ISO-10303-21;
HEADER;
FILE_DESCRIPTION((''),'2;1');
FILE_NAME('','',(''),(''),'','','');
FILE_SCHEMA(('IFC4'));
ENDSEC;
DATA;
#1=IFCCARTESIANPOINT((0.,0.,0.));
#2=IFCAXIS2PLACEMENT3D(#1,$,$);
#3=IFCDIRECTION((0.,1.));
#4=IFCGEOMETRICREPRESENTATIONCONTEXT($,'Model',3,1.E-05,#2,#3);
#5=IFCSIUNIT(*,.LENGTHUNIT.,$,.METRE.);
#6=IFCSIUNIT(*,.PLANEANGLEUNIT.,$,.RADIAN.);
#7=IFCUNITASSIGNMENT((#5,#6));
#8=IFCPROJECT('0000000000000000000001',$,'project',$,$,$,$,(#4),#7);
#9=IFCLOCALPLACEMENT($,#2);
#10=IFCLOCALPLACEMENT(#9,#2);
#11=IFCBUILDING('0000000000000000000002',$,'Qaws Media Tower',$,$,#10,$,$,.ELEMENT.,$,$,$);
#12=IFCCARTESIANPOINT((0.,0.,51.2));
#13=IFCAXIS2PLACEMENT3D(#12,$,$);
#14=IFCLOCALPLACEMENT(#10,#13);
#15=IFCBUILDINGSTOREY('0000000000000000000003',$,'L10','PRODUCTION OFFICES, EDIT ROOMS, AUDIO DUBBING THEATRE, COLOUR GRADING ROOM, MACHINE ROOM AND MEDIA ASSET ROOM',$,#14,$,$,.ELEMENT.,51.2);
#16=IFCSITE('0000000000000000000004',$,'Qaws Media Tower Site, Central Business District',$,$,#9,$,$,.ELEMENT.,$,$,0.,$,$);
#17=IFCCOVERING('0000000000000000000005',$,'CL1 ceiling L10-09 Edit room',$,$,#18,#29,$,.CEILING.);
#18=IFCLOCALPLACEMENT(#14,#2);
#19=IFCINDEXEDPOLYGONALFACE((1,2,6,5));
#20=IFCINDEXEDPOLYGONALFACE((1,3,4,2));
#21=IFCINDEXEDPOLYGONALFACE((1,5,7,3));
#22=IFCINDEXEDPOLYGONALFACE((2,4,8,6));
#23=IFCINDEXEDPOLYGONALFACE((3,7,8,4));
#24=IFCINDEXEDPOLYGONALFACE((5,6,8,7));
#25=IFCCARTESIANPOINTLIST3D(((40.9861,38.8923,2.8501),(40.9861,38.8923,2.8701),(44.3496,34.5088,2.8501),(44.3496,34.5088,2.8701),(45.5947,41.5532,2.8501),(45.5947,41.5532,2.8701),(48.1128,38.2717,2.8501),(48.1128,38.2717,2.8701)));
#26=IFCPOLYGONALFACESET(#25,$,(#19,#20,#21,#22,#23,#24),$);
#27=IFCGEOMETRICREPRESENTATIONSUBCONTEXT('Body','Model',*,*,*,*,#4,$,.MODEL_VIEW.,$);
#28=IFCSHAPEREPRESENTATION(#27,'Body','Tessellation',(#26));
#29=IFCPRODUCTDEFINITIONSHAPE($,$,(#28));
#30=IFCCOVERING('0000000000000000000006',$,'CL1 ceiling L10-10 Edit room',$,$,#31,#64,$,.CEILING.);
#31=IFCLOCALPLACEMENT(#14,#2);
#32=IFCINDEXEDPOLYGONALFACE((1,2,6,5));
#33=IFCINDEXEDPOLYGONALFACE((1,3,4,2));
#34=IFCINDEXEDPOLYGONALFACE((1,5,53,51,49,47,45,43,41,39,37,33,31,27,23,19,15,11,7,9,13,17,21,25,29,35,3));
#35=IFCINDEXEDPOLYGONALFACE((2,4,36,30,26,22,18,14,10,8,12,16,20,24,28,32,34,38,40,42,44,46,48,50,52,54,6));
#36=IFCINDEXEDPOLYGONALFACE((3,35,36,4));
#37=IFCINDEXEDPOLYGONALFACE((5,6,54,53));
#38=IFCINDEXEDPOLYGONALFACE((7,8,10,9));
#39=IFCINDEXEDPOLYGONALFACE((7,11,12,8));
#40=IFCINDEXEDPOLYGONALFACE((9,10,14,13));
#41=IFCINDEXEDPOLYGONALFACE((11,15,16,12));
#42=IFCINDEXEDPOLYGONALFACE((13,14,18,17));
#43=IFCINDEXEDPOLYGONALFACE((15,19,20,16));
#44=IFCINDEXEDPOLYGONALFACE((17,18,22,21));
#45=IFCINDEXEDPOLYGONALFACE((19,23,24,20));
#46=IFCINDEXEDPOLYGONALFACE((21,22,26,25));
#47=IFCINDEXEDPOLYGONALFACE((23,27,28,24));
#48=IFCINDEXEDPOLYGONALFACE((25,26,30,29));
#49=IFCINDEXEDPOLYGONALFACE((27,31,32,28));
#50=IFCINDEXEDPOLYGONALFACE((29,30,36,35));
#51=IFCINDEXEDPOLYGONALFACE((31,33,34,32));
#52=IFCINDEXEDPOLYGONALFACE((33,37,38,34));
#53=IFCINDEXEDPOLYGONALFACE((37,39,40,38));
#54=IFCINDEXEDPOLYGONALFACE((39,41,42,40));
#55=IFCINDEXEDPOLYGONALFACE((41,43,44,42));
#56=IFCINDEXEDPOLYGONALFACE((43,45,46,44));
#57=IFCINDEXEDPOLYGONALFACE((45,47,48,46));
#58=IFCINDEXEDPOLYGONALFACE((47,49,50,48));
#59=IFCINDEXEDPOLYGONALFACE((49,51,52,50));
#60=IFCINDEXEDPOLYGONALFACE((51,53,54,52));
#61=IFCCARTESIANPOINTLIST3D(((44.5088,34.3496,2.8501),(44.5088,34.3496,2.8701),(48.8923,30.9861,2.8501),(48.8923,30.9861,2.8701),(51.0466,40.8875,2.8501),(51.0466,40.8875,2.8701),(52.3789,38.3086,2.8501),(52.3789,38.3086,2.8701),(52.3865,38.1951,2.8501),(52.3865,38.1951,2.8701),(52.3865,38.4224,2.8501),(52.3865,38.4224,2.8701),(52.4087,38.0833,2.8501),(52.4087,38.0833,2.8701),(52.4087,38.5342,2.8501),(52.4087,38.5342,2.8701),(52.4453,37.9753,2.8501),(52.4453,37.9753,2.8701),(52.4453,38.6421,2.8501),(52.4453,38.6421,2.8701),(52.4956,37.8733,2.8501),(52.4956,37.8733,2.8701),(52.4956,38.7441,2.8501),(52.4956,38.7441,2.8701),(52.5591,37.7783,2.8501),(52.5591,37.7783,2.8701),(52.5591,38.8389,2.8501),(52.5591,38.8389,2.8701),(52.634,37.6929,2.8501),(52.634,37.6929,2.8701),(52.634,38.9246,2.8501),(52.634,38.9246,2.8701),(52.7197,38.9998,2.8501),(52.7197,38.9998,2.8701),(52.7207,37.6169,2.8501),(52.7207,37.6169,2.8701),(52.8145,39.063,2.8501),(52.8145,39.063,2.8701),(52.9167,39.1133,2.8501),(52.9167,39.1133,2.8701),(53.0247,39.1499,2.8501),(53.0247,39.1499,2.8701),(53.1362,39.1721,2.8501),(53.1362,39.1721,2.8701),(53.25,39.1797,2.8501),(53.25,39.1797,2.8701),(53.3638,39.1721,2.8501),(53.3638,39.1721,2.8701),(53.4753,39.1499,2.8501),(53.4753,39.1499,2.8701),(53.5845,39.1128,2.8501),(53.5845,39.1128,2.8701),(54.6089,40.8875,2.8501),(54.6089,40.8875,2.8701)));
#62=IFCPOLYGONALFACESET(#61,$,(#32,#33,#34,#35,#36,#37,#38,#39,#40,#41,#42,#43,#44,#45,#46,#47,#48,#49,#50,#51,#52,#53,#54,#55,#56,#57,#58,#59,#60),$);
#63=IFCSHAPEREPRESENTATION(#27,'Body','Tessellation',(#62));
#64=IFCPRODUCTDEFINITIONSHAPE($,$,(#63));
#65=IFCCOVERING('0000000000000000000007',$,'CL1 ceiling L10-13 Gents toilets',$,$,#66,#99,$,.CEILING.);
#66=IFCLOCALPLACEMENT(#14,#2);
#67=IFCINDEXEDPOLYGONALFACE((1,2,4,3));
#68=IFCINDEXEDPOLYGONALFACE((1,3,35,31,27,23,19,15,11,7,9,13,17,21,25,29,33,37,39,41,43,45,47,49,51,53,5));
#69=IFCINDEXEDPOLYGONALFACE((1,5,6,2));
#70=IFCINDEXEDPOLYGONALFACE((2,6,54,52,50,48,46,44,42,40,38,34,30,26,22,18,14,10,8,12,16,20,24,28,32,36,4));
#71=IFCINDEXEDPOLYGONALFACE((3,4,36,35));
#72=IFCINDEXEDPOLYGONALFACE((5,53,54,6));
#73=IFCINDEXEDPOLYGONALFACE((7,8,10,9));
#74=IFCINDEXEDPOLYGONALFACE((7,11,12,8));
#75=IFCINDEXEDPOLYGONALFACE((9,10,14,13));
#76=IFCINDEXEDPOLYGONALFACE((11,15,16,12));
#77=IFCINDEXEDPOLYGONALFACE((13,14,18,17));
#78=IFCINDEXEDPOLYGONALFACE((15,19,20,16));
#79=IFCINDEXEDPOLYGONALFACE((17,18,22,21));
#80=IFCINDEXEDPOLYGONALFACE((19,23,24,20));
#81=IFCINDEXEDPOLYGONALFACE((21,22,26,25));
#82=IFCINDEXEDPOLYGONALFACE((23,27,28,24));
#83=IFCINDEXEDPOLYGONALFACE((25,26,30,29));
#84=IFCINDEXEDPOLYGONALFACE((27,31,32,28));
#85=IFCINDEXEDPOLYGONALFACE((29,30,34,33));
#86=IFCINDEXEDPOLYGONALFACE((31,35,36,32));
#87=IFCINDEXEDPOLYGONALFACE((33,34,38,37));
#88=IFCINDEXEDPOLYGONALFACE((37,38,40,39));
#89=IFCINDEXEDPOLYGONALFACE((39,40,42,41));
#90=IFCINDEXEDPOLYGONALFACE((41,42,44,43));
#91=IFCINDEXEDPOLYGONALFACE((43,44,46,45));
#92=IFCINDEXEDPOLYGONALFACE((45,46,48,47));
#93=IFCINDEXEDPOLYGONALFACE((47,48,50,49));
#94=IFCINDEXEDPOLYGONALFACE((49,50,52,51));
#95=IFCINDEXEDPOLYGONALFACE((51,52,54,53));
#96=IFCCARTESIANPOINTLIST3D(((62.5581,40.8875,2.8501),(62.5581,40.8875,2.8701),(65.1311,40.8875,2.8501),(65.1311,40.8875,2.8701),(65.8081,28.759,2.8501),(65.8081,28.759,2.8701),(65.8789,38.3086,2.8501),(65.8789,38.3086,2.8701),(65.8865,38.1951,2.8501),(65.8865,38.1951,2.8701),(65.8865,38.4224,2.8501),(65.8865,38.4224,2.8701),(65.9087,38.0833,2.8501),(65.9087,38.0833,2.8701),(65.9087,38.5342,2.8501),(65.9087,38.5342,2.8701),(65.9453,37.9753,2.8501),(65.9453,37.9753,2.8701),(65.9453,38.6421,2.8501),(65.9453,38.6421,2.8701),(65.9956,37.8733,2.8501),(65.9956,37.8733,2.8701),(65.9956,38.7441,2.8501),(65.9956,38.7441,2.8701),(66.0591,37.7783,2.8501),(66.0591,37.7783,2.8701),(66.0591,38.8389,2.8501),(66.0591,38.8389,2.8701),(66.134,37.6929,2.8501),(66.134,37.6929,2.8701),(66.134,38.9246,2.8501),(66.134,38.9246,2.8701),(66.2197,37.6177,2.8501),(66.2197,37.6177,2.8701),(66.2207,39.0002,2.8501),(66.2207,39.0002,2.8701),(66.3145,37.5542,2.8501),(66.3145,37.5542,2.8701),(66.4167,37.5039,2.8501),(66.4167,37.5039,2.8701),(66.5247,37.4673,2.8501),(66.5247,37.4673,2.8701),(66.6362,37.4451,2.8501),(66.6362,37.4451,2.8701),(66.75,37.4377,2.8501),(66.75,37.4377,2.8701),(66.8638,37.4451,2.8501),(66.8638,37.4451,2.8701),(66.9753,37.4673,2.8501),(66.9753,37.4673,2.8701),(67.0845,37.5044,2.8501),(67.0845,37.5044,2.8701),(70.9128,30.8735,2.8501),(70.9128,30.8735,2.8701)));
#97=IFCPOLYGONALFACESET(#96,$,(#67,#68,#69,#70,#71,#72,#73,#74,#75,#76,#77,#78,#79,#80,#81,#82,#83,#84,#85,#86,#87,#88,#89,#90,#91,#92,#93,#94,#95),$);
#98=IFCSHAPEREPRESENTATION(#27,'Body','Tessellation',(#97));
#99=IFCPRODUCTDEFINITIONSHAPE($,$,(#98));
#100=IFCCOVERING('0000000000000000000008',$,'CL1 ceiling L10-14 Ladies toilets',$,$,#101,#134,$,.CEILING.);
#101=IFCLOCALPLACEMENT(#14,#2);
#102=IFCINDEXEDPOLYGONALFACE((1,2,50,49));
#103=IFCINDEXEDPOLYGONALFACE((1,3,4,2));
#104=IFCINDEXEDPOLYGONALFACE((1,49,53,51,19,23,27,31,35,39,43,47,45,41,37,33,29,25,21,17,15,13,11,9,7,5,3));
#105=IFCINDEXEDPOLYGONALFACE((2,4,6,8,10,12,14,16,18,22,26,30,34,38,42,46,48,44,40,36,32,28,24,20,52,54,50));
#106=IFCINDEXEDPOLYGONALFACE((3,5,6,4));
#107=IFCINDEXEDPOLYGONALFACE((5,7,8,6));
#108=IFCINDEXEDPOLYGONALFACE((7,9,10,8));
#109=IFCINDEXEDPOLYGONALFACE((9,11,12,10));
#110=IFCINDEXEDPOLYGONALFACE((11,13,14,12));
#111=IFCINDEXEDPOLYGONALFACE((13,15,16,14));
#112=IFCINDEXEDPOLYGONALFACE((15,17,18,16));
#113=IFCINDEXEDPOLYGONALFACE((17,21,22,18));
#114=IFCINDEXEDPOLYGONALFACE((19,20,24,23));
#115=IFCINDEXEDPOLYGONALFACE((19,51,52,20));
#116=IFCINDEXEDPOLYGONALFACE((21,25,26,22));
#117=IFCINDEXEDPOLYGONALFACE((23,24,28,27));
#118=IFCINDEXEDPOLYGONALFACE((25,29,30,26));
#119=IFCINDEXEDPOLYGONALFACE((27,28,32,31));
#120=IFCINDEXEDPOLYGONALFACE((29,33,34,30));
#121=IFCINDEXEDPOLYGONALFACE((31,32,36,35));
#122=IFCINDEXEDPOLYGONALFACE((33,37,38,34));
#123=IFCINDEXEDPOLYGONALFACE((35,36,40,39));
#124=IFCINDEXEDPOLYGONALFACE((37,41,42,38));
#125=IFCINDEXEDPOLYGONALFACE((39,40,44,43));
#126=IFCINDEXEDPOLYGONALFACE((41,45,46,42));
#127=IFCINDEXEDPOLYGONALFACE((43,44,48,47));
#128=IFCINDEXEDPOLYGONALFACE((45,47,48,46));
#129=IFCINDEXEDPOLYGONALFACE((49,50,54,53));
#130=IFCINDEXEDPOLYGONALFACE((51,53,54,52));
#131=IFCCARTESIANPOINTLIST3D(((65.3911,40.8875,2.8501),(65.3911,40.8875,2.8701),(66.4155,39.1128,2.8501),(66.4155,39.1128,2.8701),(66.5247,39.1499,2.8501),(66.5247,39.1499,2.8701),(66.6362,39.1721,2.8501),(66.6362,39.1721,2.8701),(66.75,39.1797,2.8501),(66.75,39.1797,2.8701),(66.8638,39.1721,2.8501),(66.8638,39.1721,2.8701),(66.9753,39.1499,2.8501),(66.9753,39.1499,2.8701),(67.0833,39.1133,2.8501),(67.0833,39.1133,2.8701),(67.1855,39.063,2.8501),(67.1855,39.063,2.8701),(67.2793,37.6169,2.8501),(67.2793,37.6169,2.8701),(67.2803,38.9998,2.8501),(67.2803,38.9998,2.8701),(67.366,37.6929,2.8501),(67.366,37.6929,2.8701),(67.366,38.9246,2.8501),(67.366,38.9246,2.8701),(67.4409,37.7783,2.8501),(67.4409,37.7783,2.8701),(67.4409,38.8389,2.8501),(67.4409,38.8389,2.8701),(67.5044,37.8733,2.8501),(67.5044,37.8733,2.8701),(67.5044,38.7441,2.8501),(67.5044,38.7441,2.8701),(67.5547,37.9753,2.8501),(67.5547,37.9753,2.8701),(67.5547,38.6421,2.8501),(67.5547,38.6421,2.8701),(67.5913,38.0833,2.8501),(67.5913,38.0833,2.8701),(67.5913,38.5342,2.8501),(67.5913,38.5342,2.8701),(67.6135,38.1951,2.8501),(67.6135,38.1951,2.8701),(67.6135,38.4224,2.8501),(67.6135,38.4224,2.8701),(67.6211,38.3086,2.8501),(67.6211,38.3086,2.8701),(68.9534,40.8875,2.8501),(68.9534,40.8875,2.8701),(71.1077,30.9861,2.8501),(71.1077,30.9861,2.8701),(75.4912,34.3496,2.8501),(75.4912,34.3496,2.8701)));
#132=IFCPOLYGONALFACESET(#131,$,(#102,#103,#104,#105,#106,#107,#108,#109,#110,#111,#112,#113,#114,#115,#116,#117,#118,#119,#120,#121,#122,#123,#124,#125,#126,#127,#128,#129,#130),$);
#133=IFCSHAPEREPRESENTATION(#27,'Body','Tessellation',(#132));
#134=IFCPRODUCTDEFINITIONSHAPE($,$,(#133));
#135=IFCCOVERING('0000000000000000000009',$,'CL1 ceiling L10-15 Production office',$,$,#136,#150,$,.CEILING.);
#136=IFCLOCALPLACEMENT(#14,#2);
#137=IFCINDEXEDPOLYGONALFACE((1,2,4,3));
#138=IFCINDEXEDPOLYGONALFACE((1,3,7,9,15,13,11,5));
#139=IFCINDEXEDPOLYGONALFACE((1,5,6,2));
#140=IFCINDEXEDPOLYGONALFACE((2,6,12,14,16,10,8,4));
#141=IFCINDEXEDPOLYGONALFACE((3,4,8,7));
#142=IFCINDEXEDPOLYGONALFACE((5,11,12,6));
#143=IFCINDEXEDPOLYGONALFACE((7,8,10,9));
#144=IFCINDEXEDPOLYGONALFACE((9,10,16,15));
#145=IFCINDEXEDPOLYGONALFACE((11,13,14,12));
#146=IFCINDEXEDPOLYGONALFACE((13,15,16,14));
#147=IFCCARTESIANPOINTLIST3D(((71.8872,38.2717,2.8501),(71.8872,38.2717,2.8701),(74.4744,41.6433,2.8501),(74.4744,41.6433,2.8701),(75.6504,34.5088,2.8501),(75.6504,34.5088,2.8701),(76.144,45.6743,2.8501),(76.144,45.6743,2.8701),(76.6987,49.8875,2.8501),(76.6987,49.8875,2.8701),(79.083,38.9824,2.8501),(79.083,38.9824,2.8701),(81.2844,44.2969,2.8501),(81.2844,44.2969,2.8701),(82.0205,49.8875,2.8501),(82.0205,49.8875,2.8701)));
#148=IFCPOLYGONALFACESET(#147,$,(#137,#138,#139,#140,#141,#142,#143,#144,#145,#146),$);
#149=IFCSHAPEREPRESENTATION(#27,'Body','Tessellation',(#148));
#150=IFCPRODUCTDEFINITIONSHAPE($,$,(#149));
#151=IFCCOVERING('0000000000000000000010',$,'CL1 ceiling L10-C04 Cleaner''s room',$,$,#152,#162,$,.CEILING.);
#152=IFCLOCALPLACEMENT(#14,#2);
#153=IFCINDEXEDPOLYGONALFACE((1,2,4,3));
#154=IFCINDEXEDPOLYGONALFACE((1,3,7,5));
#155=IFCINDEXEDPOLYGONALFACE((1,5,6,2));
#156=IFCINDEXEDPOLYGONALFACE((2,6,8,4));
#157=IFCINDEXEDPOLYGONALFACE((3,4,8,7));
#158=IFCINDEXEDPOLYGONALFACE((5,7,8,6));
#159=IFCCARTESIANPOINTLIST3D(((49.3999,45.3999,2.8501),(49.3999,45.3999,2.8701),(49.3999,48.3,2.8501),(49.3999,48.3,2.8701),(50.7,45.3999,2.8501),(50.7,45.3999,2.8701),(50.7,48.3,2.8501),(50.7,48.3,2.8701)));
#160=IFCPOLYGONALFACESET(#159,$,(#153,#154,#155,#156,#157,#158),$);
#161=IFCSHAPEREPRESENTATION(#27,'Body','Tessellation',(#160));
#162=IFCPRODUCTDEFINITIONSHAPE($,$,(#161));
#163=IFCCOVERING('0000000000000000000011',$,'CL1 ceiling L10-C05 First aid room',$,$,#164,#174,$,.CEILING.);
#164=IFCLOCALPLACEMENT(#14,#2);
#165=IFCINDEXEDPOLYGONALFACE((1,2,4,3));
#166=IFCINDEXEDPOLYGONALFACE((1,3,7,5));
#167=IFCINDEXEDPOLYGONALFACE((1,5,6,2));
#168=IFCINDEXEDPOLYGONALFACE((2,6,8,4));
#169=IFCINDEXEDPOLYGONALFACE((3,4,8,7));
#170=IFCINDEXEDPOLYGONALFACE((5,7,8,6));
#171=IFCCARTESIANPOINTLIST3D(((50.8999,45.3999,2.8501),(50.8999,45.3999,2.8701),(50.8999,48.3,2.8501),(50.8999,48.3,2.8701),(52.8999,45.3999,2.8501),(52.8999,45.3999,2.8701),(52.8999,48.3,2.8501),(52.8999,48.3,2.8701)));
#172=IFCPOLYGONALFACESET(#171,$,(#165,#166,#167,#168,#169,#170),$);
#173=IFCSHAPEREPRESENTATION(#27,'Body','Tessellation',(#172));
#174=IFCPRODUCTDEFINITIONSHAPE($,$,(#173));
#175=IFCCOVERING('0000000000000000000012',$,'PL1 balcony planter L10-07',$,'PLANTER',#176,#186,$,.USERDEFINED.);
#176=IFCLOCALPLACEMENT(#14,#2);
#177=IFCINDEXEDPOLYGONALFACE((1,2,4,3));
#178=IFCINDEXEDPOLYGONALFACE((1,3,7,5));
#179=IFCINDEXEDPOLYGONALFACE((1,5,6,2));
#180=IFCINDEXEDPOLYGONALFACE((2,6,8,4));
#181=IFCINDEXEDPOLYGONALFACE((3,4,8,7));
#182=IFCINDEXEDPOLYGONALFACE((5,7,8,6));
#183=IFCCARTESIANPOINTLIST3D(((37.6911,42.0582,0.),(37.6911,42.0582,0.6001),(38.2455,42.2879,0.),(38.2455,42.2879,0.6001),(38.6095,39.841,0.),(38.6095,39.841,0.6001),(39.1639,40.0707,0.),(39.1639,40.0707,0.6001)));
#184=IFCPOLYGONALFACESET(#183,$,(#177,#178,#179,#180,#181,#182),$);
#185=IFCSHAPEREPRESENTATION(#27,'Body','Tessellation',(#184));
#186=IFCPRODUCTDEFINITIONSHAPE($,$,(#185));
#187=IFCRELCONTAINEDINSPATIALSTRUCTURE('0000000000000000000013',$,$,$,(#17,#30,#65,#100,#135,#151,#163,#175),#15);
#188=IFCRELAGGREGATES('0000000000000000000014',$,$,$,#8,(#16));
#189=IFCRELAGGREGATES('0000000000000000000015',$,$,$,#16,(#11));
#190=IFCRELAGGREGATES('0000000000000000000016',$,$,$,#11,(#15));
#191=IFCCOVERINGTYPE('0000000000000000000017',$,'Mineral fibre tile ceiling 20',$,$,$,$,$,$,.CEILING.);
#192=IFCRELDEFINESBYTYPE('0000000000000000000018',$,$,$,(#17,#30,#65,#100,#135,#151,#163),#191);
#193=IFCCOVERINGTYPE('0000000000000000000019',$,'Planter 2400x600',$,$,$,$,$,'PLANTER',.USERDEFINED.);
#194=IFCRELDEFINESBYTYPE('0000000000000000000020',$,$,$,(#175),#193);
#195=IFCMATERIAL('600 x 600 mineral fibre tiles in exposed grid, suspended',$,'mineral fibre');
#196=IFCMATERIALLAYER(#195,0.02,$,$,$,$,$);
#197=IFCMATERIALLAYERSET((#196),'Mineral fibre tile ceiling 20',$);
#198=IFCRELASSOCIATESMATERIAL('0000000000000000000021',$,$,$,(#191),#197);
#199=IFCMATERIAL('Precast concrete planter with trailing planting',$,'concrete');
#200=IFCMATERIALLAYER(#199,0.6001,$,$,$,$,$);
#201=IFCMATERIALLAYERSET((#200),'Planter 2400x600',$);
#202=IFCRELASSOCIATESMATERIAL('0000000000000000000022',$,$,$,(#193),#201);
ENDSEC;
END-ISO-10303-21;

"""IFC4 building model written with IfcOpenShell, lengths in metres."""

from ifc_helpers import new_model, si_unit, direction, frame, origin, origin_2d, place, context, subcontext, project, spatial, polyline, rectangle, outline, extrude, material, layer, layer_set, type_object, element, save


model = new_model("IFC4")

# Units and contexts
model_context = context("Model", 3, precision=1e-05, world=origin(), true_north=direction((0.0, 1.0)))
body_context = subcontext(model_context, "Body", "Model", "MODEL_VIEW")
ifc_project = project(units=[si_unit("LENGTHUNIT", "METRE"), si_unit("PLANEANGLEUNIT", "RADIAN")], contexts=[model_context])

# Site, building, storey
site_placement = place(None, origin())
site = spatial("IfcSite", under=ifc_project, at=site_placement, Name="Qaws Media Tower Site, Central Business District", CompositionType="ELEMENT", RefElevation=0.0)
building_placement = place(site_placement, origin())
building = spatial("IfcBuilding", under=site, at=building_placement, Name="Qaws Media Tower", CompositionType="ELEMENT")
storey_placement = place(building_placement, frame((0.0, 0.0, 51.2)))
storey = spatial("IfcBuildingStorey", under=building, at=storey_placement, Name="L10", Description="PRODUCTION OFFICES, EDIT ROOMS, AUDIO DUBBING THEATRE, COLOUR GRADING ROOM, MACHINE ROOM AND MEDIA ASSET ROOM", CompositionType="ELEMENT", Elevation=51.2)

# Coverings
ifc_material_1 = material(Name="600 x 600 mineral fibre tiles in exposed grid, suspended", Category="mineral fibre")
ifc_layer_1 = layer(ifc_material_1, 0.02)
ifc_layer_set_1 = layer_set([ifc_layer_1], Name="Mineral fibre tile ceiling 20")
covering_type_1 = type_object("IfcCoveringType", Name="Mineral fibre tile ceiling 20", PredefinedType="CEILING", material=ifc_layer_set_1)
covering_1_placement = place(storey_placement, frame((0.0, 0.0, 2.8501)))
element("IfcCovering", 1, at=covering_1_placement, inside=storey, type_object=covering_type_1, Name="CL1 ceiling L10-09 Edit room", PredefinedType="CEILING", context=body_context, shape_type="SweptSolid", body=[
    extrude(outline(polyline([(40.9861, 38.8923), (45.5947, 41.5532), (48.1128, 38.2717), (44.3496, 34.5088), (40.9861, 38.8923)])), origin(), (0.0, 0.0, 1.0), 0.02),
])
covering_2_placement = place(storey_placement, frame((0.0, 0.0, 2.8501)))
element("IfcCovering", 2, at=covering_2_placement, inside=storey, type_object=covering_type_1, Name="CL1 ceiling L10-10 Edit room", PredefinedType="CEILING", context=body_context, shape_type="SweptSolid", body=[
    extrude(outline(polyline([(44.5088, 34.3496), (51.0466, 40.8875), (54.6089, 40.8875), (53.5845, 39.1128), (53.4753, 39.1499), (53.3638, 39.1721), (53.25, 39.1797), (53.1362, 39.1721), (53.0247, 39.1499), (52.9167, 39.1133), (52.8145, 39.063), (52.7197, 38.9998), (52.634, 38.9246), (52.5591, 38.8389), (52.4956, 38.7441), (52.4453, 38.6421), (52.4087, 38.5342), (52.3865, 38.4224), (52.3789, 38.3086), (52.3865, 38.1951), (52.4087, 38.0833), (52.4453, 37.9753), (52.4956, 37.8733), (52.5591, 37.7783), (52.634, 37.6929), (52.7207, 37.6169), (48.8923, 30.9861), (44.5088, 34.3496)])), origin(), (0.0, 0.0, 1.0), 0.02),
])
covering_3_placement = place(storey_placement, frame((0.0, 0.0, 2.8501)))
element("IfcCovering", 3, at=covering_3_placement, inside=storey, type_object=covering_type_1, Name="CL1 ceiling L10-13 Gents toilets", PredefinedType="CEILING", context=body_context, shape_type="SweptSolid", body=[
    extrude(outline(polyline([(65.8081, 28.759), (62.5581, 40.8875), (65.1311, 40.8875), (66.2207, 39.0002), (66.134, 38.9246), (66.0591, 38.8389), (65.9956, 38.7441), (65.9453, 38.6421), (65.9087, 38.5342), (65.8865, 38.4224), (65.8789, 38.3086), (65.8865, 38.1951), (65.9087, 38.0833), (65.9453, 37.9753), (65.9956, 37.8733), (66.0591, 37.7783), (66.134, 37.6929), (66.2197, 37.6177), (66.3145, 37.5542), (66.4167, 37.5039), (66.5247, 37.4673), (66.6362, 37.4451), (66.75, 37.4377), (66.8638, 37.4451), (66.9753, 37.4673), (67.0845, 37.5044), (70.9128, 30.8735), (65.8081, 28.759)])), origin(), (0.0, 0.0, 1.0), 0.02),
])
covering_4_placement = place(storey_placement, frame((0.0, 0.0, 2.8501)))
element("IfcCovering", 4, at=covering_4_placement, inside=storey, type_object=covering_type_1, Name="CL1 ceiling L10-14 Ladies toilets", PredefinedType="CEILING", context=body_context, shape_type="SweptSolid", body=[
    extrude(outline(polyline([(71.1077, 30.9861), (67.2793, 37.6169), (67.366, 37.6929), (67.4409, 37.7783), (67.5044, 37.8733), (67.5547, 37.9753), (67.5913, 38.0833), (67.6135, 38.1951), (67.6211, 38.3086), (67.6135, 38.4224), (67.5913, 38.5342), (67.5547, 38.6421), (67.5044, 38.7441), (67.4409, 38.8389), (67.366, 38.9246), (67.2803, 38.9998), (67.1855, 39.063), (67.0833, 39.1133), (66.9753, 39.1499), (66.8638, 39.1721), (66.75, 39.1797), (66.6362, 39.1721), (66.5247, 39.1499), (66.4155, 39.1128), (65.3911, 40.8875), (68.9534, 40.8875), (75.4912, 34.3496), (71.1077, 30.9861)])), origin(), (0.0, 0.0, 1.0), 0.02),
])
covering_5_placement = place(storey_placement, frame((0.0, 0.0, 2.8501)))
element("IfcCovering", 5, at=covering_5_placement, inside=storey, type_object=covering_type_1, Name="CL1 ceiling L10-15 Production office", PredefinedType="CEILING", context=body_context, shape_type="SweptSolid", body=[
    extrude(outline(polyline([(74.4744, 41.6433), (76.144, 45.6743), (76.6987, 49.8875), (82.0205, 49.8875), (81.2844, 44.2969), (79.083, 38.9824), (75.6504, 34.5088), (71.8872, 38.2717), (74.4744, 41.6433)])), origin(), (0.0, 0.0, 1.0), 0.02),
])
covering_6_placement = place(storey_placement, frame((0.0, 0.0, 2.8501)))
element("IfcCovering", 6, at=covering_6_placement, inside=storey, type_object=covering_type_1, Name="CL1 ceiling L10-C04 Cleaner's room", PredefinedType="CEILING", context=body_context, shape_type="SweptSolid", body=[
    extrude(outline(polyline([(49.3999, 45.3999), (49.3999, 48.3), (50.7, 48.3), (50.7, 45.3999), (49.3999, 45.3999)])), origin(), (0.0, 0.0, 1.0), 0.02),
])
covering_7_placement = place(storey_placement, frame((0.0, 0.0, 2.8501)))
element("IfcCovering", 7, at=covering_7_placement, inside=storey, type_object=covering_type_1, Name="CL1 ceiling L10-C05 First aid room", PredefinedType="CEILING", context=body_context, shape_type="SweptSolid", body=[
    extrude(outline(polyline([(50.8999, 45.3999), (50.8999, 48.3), (52.8999, 48.3), (52.8999, 45.3999), (50.8999, 45.3999)])), origin(), (0.0, 0.0, 1.0), 0.02),
])
ifc_material_2 = material(Name="Precast concrete planter with trailing planting", Category="concrete")
ifc_layer_2 = layer(ifc_material_2, 0.6001)
ifc_layer_set_2 = layer_set([ifc_layer_2], Name="Planter 2400x600")
covering_type_2 = type_object("IfcCoveringType", Name="Planter 2400x600", ElementType="PLANTER", PredefinedType="USERDEFINED", material=ifc_layer_set_2)
covering_8_placement = place(storey_placement, frame((38.4275, 41.0645, 0.0), z_axis=(0.0, 0.0, 1.0), x_axis=(0.382683, -0.92388, 0.0)))
element("IfcCovering", 8, at=covering_8_placement, inside=storey, type_object=covering_type_2, Name="PL1 balcony planter L10-07", ObjectType="PLANTER", PredefinedType="USERDEFINED", context=body_context, shape_type="SweptSolid", body=[
    extrude(rectangle(XDim=2.3999, YDim=0.6001, at=origin_2d()), origin(), (0.0, 0.0, 1.0), 0.6001),
])

save(model, "model.ifc")
